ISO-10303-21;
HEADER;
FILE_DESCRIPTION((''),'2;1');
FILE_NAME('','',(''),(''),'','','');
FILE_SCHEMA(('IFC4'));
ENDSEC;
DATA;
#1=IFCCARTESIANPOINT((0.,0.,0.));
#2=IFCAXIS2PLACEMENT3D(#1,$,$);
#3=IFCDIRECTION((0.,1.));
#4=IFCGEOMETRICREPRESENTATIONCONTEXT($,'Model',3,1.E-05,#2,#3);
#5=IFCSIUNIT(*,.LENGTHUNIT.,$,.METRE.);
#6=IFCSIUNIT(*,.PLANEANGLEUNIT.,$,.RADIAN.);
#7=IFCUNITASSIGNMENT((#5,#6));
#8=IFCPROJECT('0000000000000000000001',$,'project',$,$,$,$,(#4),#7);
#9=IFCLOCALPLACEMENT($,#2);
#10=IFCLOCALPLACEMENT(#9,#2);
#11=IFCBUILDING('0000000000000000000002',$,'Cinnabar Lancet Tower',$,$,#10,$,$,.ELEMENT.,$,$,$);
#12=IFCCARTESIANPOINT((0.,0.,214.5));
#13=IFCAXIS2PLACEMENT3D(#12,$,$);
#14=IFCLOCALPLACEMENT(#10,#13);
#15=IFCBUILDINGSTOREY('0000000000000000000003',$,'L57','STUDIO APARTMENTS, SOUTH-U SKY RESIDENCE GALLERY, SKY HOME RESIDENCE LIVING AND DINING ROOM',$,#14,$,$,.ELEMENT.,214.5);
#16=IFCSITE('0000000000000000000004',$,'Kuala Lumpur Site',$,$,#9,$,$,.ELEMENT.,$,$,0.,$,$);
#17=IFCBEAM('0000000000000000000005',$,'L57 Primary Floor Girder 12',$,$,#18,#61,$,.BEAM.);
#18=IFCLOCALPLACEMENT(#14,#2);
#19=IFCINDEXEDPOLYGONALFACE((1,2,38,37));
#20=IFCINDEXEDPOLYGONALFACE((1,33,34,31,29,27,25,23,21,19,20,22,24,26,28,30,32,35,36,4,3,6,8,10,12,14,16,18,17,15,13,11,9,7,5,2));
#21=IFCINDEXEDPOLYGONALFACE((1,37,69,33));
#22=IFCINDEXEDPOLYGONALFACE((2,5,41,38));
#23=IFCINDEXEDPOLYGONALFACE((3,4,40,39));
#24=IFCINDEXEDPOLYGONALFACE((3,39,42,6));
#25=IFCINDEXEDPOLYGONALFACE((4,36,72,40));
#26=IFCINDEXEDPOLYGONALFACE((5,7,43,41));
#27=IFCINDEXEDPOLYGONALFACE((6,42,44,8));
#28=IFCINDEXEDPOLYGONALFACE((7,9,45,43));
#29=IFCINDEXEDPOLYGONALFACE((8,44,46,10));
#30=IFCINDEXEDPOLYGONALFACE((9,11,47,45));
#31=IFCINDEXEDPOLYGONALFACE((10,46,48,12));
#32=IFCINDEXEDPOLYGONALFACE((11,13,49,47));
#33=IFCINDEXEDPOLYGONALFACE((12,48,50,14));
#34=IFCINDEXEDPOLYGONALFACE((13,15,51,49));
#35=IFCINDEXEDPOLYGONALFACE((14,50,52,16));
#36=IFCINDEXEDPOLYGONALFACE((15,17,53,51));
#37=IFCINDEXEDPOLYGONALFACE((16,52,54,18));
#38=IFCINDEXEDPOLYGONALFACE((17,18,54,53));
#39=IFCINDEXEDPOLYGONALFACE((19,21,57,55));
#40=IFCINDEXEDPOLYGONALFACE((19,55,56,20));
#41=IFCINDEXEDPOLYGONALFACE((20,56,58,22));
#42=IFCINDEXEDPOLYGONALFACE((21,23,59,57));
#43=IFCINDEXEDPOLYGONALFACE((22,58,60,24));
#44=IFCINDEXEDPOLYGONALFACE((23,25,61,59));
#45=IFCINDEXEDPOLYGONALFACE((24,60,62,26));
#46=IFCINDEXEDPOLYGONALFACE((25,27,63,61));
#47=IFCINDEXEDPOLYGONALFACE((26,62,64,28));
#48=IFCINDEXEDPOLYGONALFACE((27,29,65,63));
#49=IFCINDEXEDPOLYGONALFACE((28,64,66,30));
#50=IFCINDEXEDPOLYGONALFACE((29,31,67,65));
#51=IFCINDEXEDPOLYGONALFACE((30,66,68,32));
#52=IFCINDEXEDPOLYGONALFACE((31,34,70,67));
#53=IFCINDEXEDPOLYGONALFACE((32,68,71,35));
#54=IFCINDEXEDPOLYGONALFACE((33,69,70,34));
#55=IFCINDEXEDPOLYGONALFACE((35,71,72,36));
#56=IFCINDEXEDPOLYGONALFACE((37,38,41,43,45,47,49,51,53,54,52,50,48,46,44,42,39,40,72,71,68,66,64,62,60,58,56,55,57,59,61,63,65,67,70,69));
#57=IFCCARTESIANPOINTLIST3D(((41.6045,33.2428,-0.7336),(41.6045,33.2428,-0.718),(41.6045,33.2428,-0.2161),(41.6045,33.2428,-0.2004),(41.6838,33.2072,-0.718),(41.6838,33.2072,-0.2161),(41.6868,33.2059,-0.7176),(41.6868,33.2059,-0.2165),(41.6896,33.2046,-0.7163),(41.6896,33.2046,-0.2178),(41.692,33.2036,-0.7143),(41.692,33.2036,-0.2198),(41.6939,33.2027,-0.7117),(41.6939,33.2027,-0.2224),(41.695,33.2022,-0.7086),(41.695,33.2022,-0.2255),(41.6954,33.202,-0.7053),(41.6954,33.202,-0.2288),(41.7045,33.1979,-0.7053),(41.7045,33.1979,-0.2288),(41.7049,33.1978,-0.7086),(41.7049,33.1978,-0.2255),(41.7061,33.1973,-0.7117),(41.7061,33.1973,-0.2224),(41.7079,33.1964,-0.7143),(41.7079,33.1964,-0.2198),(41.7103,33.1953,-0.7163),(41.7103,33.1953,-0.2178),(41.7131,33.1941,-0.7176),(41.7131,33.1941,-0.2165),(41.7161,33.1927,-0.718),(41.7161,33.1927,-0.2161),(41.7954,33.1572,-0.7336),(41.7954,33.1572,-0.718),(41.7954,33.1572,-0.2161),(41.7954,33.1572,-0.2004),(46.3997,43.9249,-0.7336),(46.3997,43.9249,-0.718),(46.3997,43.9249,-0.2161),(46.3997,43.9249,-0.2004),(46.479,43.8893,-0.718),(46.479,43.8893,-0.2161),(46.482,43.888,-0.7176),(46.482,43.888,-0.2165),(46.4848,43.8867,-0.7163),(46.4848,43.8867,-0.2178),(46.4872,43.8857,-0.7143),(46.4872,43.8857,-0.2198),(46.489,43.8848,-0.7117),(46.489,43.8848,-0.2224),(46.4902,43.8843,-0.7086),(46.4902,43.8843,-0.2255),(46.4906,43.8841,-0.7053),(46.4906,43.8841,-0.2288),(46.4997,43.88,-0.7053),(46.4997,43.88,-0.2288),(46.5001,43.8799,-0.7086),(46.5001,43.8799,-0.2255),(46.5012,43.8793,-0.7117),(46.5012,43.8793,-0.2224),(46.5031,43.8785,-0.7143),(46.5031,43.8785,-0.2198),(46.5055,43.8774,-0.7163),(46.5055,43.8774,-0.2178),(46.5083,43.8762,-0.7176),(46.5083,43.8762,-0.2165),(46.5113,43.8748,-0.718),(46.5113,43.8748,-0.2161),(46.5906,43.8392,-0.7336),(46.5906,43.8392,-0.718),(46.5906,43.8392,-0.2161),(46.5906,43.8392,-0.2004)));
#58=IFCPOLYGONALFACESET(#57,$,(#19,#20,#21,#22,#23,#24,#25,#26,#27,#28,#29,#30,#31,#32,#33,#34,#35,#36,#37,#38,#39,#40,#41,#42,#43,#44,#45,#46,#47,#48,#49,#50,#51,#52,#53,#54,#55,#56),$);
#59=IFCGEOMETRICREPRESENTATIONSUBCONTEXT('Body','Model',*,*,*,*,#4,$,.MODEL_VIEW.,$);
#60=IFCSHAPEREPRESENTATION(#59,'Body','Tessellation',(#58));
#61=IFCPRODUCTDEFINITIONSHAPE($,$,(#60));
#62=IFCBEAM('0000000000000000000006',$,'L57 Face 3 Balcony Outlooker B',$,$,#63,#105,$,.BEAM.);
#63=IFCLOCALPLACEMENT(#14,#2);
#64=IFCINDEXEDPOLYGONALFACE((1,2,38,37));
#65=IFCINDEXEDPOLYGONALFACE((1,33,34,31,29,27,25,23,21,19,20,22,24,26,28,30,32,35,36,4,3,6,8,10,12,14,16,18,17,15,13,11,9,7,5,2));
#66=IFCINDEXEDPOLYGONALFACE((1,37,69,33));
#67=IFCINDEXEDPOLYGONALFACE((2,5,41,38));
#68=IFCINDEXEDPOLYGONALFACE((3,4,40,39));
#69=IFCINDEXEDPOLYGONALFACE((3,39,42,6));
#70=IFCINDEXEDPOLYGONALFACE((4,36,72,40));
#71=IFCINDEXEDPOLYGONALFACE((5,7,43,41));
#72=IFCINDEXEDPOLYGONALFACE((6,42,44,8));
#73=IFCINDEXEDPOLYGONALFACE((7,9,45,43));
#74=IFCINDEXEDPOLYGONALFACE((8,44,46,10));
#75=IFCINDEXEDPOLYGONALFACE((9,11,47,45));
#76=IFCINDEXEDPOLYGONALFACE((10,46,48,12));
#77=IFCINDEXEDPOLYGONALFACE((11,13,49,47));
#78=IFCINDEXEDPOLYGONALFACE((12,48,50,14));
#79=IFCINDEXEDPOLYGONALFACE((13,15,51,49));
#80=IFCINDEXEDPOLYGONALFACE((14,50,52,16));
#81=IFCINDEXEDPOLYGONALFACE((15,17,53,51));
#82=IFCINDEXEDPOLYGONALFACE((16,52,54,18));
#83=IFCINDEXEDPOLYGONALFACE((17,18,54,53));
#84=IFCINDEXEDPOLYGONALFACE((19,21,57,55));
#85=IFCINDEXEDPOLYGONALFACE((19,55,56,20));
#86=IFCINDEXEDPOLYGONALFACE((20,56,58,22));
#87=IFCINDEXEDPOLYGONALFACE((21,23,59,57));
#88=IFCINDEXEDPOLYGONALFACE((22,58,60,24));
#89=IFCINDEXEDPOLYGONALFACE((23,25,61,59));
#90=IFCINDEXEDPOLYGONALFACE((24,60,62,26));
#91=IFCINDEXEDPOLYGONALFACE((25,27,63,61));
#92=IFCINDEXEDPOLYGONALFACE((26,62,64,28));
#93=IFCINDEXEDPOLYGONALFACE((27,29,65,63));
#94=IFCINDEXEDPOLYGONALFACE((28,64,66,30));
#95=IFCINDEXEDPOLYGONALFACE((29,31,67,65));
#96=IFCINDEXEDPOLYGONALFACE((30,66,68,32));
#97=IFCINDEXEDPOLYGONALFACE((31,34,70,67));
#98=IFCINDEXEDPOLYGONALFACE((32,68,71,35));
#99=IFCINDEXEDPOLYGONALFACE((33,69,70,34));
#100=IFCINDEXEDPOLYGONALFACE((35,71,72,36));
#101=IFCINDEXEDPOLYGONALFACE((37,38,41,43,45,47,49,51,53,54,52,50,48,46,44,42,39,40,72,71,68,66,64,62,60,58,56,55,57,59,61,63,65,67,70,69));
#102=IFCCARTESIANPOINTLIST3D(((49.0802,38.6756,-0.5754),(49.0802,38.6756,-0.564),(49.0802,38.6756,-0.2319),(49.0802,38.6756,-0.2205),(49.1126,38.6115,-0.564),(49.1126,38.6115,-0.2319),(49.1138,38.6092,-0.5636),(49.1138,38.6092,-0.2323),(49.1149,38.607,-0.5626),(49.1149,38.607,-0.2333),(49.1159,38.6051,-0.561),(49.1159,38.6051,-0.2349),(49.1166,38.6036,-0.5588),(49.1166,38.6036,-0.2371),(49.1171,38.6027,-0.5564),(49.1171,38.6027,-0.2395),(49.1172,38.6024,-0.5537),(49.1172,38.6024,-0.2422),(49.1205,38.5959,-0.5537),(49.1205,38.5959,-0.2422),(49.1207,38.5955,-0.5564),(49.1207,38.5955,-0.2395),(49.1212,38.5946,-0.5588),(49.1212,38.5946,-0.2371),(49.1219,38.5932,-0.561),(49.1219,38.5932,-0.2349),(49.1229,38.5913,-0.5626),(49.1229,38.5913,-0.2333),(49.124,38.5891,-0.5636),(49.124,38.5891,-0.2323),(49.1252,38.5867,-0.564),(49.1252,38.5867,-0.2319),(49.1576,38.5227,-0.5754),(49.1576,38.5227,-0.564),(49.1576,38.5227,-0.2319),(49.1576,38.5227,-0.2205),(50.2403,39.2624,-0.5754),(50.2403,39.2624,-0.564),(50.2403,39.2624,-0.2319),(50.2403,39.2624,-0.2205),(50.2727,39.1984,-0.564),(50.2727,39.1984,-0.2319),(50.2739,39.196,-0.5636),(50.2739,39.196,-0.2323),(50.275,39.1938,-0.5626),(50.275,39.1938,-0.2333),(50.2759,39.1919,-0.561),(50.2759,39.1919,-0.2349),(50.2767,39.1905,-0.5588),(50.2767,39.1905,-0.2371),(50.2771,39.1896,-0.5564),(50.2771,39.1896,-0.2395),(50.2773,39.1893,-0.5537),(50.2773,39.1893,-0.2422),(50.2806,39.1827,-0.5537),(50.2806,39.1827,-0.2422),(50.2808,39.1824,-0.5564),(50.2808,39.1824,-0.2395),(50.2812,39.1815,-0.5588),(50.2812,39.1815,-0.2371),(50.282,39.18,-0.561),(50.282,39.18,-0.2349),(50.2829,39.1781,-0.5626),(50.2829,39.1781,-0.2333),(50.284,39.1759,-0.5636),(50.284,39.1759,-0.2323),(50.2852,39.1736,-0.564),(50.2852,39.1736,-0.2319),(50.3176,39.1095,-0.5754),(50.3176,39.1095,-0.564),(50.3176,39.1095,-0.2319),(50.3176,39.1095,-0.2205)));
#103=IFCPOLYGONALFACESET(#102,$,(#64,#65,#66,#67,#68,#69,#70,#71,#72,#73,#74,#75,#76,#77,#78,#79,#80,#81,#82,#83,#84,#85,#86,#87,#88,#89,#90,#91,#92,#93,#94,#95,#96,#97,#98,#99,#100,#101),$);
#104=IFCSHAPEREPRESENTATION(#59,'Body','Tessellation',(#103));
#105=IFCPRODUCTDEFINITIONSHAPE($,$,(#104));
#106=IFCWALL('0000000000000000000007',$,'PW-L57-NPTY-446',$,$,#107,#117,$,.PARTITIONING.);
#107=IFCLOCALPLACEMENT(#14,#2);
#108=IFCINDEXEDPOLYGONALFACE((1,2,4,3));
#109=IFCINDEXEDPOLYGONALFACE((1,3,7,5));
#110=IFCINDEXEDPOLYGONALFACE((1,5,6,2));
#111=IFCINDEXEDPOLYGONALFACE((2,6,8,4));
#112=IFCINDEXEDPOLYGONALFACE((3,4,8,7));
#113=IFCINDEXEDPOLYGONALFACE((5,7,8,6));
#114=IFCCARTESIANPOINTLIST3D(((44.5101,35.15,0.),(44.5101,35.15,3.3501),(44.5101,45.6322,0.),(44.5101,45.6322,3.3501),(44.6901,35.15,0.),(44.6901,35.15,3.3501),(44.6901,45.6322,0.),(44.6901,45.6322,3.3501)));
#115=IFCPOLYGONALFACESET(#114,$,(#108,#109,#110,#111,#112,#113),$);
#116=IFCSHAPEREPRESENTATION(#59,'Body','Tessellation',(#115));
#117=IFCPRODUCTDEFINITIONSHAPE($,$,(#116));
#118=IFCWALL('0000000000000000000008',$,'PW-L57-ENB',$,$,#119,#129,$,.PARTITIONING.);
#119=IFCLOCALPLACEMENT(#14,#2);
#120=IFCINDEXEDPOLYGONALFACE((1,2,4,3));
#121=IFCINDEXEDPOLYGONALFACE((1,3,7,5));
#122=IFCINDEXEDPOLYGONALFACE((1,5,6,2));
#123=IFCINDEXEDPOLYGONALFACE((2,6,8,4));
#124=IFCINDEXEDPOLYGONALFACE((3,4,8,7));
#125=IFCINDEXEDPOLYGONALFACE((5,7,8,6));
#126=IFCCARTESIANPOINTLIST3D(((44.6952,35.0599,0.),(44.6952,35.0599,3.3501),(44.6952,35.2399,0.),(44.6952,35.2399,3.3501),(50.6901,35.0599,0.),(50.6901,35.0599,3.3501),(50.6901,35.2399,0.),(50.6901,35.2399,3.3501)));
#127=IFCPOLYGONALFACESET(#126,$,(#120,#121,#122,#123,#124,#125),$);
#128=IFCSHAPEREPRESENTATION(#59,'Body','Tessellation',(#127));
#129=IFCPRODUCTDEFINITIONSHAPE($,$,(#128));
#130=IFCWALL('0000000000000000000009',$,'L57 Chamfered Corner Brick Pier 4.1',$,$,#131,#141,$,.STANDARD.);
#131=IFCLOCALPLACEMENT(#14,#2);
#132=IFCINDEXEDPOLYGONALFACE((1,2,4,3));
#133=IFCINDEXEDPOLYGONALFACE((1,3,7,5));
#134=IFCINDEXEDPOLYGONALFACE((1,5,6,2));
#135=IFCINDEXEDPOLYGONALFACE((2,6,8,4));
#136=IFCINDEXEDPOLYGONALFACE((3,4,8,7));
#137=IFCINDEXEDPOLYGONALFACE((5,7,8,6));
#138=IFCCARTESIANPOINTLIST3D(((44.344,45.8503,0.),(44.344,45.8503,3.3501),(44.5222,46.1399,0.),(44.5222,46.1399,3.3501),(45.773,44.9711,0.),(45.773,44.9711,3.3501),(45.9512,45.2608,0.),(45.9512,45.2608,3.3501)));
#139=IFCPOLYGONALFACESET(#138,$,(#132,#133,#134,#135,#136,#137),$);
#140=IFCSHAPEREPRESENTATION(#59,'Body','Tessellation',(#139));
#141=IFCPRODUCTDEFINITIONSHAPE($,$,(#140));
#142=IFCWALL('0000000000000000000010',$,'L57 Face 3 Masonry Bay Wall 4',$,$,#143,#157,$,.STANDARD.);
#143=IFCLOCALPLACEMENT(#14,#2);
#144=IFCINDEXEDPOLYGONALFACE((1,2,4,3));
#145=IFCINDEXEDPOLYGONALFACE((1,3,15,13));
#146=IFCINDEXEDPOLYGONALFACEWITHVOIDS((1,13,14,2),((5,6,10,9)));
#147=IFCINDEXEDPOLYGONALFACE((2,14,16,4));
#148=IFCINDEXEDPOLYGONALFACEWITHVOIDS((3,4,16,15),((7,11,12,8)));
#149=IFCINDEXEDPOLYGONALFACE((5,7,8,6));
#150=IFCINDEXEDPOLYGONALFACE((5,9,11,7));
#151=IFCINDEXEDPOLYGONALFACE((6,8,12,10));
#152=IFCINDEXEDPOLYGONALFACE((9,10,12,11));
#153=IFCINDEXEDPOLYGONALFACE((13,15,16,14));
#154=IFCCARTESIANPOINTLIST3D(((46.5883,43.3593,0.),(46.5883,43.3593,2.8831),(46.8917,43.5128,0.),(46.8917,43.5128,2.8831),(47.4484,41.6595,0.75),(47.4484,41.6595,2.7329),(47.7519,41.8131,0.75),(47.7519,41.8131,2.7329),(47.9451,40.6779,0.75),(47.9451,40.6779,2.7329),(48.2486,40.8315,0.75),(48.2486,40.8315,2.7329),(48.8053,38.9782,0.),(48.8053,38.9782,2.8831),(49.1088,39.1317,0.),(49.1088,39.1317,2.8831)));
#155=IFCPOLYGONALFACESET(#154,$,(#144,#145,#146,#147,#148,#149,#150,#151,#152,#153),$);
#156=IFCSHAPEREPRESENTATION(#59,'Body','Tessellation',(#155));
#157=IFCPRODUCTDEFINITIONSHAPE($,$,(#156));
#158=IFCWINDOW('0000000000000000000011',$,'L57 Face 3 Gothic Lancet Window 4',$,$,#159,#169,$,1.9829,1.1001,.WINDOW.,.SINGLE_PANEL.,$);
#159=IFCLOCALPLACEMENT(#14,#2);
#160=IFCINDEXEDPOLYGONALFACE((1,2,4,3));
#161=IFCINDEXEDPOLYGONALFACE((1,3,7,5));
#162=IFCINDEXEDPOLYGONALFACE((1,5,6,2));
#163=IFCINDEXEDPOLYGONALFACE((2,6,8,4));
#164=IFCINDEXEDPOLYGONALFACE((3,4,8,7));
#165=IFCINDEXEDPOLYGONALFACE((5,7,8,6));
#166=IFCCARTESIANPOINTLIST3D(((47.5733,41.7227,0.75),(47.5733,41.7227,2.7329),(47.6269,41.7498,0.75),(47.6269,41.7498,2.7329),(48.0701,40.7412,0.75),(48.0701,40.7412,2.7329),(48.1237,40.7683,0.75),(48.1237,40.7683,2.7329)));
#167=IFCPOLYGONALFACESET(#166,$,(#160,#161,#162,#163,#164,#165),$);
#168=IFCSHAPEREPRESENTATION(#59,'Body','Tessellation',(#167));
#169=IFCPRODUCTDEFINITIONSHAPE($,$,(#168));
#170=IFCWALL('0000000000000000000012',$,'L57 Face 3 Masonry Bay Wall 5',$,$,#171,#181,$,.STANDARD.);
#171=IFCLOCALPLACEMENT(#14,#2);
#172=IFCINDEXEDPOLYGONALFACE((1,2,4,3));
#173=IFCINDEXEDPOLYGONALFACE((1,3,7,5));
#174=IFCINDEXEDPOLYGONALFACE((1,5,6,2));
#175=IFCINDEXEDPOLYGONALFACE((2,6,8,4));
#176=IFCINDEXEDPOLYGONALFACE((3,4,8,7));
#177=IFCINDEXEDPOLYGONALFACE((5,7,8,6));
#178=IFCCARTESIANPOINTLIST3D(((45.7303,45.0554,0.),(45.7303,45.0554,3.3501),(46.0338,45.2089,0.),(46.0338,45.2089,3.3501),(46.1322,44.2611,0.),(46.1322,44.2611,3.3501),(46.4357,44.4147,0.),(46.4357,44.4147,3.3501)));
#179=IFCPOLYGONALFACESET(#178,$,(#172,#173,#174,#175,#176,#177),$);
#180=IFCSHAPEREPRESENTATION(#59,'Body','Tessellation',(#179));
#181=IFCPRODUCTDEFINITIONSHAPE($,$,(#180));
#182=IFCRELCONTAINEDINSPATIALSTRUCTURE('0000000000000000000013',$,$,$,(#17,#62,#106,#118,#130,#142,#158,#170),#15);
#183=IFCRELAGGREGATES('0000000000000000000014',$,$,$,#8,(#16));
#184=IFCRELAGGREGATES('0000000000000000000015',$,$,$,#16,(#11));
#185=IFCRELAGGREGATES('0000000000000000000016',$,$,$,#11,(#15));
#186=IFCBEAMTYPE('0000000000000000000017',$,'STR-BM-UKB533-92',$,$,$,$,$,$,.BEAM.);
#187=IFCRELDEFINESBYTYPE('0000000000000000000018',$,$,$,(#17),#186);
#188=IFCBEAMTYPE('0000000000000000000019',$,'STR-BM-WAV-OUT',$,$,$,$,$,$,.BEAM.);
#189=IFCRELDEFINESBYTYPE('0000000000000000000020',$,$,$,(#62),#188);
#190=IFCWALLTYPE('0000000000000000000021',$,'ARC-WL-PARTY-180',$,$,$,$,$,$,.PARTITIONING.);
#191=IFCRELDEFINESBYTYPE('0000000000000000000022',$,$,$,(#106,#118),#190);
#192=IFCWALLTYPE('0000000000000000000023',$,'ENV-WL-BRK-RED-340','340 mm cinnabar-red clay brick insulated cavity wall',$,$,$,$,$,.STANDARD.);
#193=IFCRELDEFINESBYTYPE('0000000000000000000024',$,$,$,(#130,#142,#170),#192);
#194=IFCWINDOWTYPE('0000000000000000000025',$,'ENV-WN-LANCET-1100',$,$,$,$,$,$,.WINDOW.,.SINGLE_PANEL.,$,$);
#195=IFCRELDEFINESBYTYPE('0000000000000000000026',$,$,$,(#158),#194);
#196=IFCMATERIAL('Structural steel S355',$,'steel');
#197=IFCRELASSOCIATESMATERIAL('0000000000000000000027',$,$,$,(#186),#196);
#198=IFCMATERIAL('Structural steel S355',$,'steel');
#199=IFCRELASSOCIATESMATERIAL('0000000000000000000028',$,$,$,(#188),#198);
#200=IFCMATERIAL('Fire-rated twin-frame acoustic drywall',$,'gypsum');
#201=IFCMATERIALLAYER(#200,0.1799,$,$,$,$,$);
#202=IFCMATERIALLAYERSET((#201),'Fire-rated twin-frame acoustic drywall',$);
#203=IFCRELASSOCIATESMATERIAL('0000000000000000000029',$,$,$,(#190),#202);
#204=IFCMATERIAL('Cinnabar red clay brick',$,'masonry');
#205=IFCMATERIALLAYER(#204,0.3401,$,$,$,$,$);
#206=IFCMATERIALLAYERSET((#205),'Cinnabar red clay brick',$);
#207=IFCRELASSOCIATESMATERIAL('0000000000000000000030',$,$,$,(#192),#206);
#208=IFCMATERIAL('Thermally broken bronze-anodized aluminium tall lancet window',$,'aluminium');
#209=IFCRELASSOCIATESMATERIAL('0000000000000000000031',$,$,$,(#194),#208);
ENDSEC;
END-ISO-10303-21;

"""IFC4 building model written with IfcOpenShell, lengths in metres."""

from ifc_helpers import new_model, si_unit, direction, frame, frame_2d, origin, origin_2d, place, context, subcontext, project, spatial, rectangle, i_section, extrude, material, layer, layer_set, material_profile, profile_set, type_object, element, fill, save


model = new_model("IFC4")

# Units and contexts
model_context = context("Model", 3, precision=1e-05, world=origin(), true_north=direction((0.0, 1.0)))
body_context = subcontext(model_context, "Body", "Model", "MODEL_VIEW")
ifc_project = project(units=[si_unit("LENGTHUNIT", "METRE"), si_unit("PLANEANGLEUNIT", "RADIAN")], contexts=[model_context])

# Site, building, storey
site_placement = place(None, origin())
site = spatial("IfcSite", under=ifc_project, at=site_placement, Name="Kuala Lumpur Site", CompositionType="ELEMENT", RefElevation=0.0)
building_placement = place(site_placement, origin())
building = spatial("IfcBuilding", under=site, at=building_placement, Name="Cinnabar Lancet Tower", CompositionType="ELEMENT")
storey_placement = place(building_placement, frame((0.0, 0.0, 214.5)))
storey = spatial("IfcBuildingStorey", under=building, at=storey_placement, Name="L57", Description="STUDIO APARTMENTS, SOUTH-U SKY RESIDENCE GALLERY, SKY HOME RESIDENCE LIVING AND DINING ROOM", CompositionType="ELEMENT", Elevation=214.5)

# Beams
ifc_material_1 = material(Name="Structural steel S355", Category="steel")
ifc_material_profile_1 = material_profile(ifc_material_1, i_section(OverallWidth=0.2092, OverallDepth=0.5332, WebThickness=0.01, FlangeThickness=0.0156, FilletRadius=0.0127, at=origin_2d()), Name="UKB 533x210x92")
ifc_profile_set_1 = profile_set([ifc_material_profile_1], Name="Structural steel S355")
beam_type_1 = type_object("IfcBeamType", Name="STR-BM-UKB533-92", PredefinedType="BEAM", material=ifc_profile_set_1)
beam_1_placement = place(storey_placement, frame((46.4951, 43.8821, -0.467), z_axis=(-0.409527, -0.912298, 0.0), x_axis=(0.912298, -0.409527, 0.0)))
element("IfcBeam", 1, at=beam_1_placement, inside=storey, type_object=beam_type_1, Name="L57 Primary Floor Girder 12", PredefinedType="BEAM", context=body_context, shape_type="SweptSolid", body=[
    extrude(i_section(OverallWidth=0.2092, OverallDepth=0.5332, WebThickness=0.01, FlangeThickness=0.0156, FilletRadius=0.0127, at=origin_2d()), origin(), (0.0, 0.0, 1.0), 11.709),
])
ifc_material_2 = material(Name="Structural steel S355", Category="steel")
ifc_material_profile_2 = material_profile(ifc_material_2, i_section(OverallWidth=0.1714, OverallDepth=0.355, WebThickness=0.0073, FlangeThickness=0.0115, FilletRadius=0.0103, at=origin_2d()), Name="UKB 356x171x51")
ifc_profile_set_2 = profile_set([ifc_material_profile_2], Name="Structural steel S355")
beam_type_2 = type_object("IfcBeamType", Name="STR-BM-WAV-OUT", PredefinedType="BEAM", material=ifc_profile_set_2)
beam_2_placement = place(storey_placement, frame((49.1189, 38.5991, -0.3979), z_axis=(0.892314, 0.451415, 0.0), x_axis=(-0.451415, 0.892314, 0.0)))
element("IfcBeam", 2, at=beam_2_placement, inside=storey, type_object=beam_type_2, Name="L57 Face 3 Balcony Outlooker B", PredefinedType="BEAM", context=body_context, shape_type="SweptSolid", body=[
    extrude(i_section(OverallWidth=0.1714, OverallDepth=0.355, WebThickness=0.0073, FlangeThickness=0.0115, FilletRadius=0.0103, at=origin_2d()), origin(), (0.0, 0.0, 1.0), 1.3),
])

# Walls
ifc_material_3 = material(Name="Fire-rated twin-frame acoustic drywall", Category="gypsum")
ifc_layer_1 = layer(ifc_material_3, 0.1799)
ifc_layer_set_1 = layer_set([ifc_layer_1], Name="Fire-rated twin-frame acoustic drywall")
wall_type_1 = type_object("IfcWallType", Name="ARC-WL-PARTY-180", PredefinedType="PARTITIONING", material=ifc_layer_set_1)
wall_1_placement = place(storey_placement, frame((44.6001, 35.1499, 0.0), z_axis=(0.0, 0.0, 1.0), x_axis=(0.0, 1.0, 0.0)))
element("IfcWall", 3, at=wall_1_placement, inside=storey, type_object=wall_type_1, Name="PW-L57-NPTY-446", PredefinedType="PARTITIONING", context=body_context, shape_type="SweptSolid", body=[
    extrude(rectangle(XDim=10.4822, YDim=0.1799, at=frame_2d((5.2412, 0.0))), origin(), (0.0, 0.0, 1.0), 3.3501),
])
wall_2_placement = place(storey_placement, frame((44.6951, 35.1499, 0.0), z_axis=(0.0, 0.0, 1.0), x_axis=(1.0, 0.0, 0.0)))
element("IfcWall", 4, at=wall_2_placement, inside=storey, type_object=wall_type_1, Name="PW-L57-ENB", PredefinedType="PARTITIONING", context=body_context, shape_type="SweptSolid", body=[
    extrude(rectangle(XDim=5.9949, YDim=0.1799, at=frame_2d((2.9976, 0.0))), origin(), (0.0, 0.0, 1.0), 3.3501),
])
ifc_material_4 = material(Name="Cinnabar red clay brick", Category="masonry")
ifc_layer_2 = layer(ifc_material_4, 0.3401)
ifc_layer_set_2 = layer_set([ifc_layer_2], Name="Cinnabar red clay brick")
wall_type_2 = type_object("IfcWallType", Name="ENV-WL-BRK-RED-340", Description="340 mm cinnabar-red clay brick insulated cavity wall", PredefinedType="STANDARD", material=ifc_layer_set_2)
wall_3_placement = place(storey_placement, frame((45.8621, 45.116, 0.0), z_axis=(0.0, 0.0, 1.0), x_axis=(-0.851713, 0.524008, 0.0)))
element("IfcWall", 5, at=wall_3_placement, inside=storey, type_object=wall_type_2, Name="L57 Chamfered Corner Brick Pier 4.1", PredefinedType="STANDARD", context=body_context, shape_type="SweptSolid", body=[
    extrude(rectangle(XDim=1.6777, YDim=0.3401, at=frame_2d((0.8389, 0.0))), origin(), (0.0, 0.0, 1.0), 3.3501),
])

# Wall, opening, window
wall_4_placement = place(storey_placement, frame((48.957, 39.0549, 0.0), z_axis=(0.0, 0.0, 1.0), x_axis=(-0.451524, 0.892259, 0.0)))
wall_4 = element("IfcWall", 6, at=wall_4_placement, inside=storey, type_object=wall_type_2, Name="L57 Face 3 Masonry Bay Wall 4", PredefinedType="STANDARD", context=body_context, shape_type="SweptSolid", body=[
    extrude(rectangle(XDim=4.9102, YDim=0.3401, at=frame_2d((2.4551, 0.0))), origin(), (0.0, 0.0, 1.0), 2.8831),
])
opening_placement = place(wall_4_placement, frame((1.905, 0.0, 0.75)))
opening = element("IfcOpeningElement", 7, at=opening_placement, cuts=wall_4, PredefinedType="OPENING", context=body_context, shape_type="SweptSolid", body=[
    extrude(rectangle(XDim=1.1001, YDim=1.9829, at=frame_2d((0.55, 0.9915))), frame((0.0, 0.1799, 0.0), z_axis=(0.0, -1.0, 0.0), x_axis=(1.0, 0.0, 0.0)), (0.0, 0.0, 1.0), 0.3601),
])
ifc_material_5 = material(Name="Thermally broken bronze-anodized aluminium tall lancet window", Category="aluminium")
window_type = type_object("IfcWindowType", Name="ENV-WN-LANCET-1100", PartitioningType="SINGLE_PANEL", PredefinedType="WINDOW", material=ifc_material_5)
window_placement = place(opening_placement, origin())
window = element("IfcWindow", 8, at=window_placement, inside=storey, type_object=window_type, Name="L57 Face 3 Gothic Lancet Window 4", OverallHeight=1.9829, OverallWidth=1.1001, PartitioningType="SINGLE_PANEL", PredefinedType="WINDOW", context=body_context, shape_type="SweptSolid", body=[
    extrude(rectangle(XDim=1.1001, YDim=1.9829, at=frame_2d((0.55, 0.9915))), frame((0.0, 0.03, 0.0), z_axis=(0.0, -1.0, 0.0), x_axis=(1.0, 0.0, 0.0)), (0.0, 0.0, 1.0), 0.0601),
])
fill(opening, window)

# Wall
wall_5_placement = place(storey_placement, frame((46.2839, 44.3379, 0.0), z_axis=(0.0, 0.0, 1.0), x_axis=(-0.451487, 0.892277, 0.0)))
element("IfcWall", 9, at=wall_5_placement, inside=storey, type_object=wall_type_2, Name="L57 Face 3 Masonry Bay Wall 5", PredefinedType="STANDARD", context=body_context, shape_type="SweptSolid", body=[
    extrude(rectangle(XDim=0.8901, YDim=0.3401, at=frame_2d((0.4451, 0.0))), origin(), (0.0, 0.0, 1.0), 3.3501),
])

save(model, "model.ifc")
